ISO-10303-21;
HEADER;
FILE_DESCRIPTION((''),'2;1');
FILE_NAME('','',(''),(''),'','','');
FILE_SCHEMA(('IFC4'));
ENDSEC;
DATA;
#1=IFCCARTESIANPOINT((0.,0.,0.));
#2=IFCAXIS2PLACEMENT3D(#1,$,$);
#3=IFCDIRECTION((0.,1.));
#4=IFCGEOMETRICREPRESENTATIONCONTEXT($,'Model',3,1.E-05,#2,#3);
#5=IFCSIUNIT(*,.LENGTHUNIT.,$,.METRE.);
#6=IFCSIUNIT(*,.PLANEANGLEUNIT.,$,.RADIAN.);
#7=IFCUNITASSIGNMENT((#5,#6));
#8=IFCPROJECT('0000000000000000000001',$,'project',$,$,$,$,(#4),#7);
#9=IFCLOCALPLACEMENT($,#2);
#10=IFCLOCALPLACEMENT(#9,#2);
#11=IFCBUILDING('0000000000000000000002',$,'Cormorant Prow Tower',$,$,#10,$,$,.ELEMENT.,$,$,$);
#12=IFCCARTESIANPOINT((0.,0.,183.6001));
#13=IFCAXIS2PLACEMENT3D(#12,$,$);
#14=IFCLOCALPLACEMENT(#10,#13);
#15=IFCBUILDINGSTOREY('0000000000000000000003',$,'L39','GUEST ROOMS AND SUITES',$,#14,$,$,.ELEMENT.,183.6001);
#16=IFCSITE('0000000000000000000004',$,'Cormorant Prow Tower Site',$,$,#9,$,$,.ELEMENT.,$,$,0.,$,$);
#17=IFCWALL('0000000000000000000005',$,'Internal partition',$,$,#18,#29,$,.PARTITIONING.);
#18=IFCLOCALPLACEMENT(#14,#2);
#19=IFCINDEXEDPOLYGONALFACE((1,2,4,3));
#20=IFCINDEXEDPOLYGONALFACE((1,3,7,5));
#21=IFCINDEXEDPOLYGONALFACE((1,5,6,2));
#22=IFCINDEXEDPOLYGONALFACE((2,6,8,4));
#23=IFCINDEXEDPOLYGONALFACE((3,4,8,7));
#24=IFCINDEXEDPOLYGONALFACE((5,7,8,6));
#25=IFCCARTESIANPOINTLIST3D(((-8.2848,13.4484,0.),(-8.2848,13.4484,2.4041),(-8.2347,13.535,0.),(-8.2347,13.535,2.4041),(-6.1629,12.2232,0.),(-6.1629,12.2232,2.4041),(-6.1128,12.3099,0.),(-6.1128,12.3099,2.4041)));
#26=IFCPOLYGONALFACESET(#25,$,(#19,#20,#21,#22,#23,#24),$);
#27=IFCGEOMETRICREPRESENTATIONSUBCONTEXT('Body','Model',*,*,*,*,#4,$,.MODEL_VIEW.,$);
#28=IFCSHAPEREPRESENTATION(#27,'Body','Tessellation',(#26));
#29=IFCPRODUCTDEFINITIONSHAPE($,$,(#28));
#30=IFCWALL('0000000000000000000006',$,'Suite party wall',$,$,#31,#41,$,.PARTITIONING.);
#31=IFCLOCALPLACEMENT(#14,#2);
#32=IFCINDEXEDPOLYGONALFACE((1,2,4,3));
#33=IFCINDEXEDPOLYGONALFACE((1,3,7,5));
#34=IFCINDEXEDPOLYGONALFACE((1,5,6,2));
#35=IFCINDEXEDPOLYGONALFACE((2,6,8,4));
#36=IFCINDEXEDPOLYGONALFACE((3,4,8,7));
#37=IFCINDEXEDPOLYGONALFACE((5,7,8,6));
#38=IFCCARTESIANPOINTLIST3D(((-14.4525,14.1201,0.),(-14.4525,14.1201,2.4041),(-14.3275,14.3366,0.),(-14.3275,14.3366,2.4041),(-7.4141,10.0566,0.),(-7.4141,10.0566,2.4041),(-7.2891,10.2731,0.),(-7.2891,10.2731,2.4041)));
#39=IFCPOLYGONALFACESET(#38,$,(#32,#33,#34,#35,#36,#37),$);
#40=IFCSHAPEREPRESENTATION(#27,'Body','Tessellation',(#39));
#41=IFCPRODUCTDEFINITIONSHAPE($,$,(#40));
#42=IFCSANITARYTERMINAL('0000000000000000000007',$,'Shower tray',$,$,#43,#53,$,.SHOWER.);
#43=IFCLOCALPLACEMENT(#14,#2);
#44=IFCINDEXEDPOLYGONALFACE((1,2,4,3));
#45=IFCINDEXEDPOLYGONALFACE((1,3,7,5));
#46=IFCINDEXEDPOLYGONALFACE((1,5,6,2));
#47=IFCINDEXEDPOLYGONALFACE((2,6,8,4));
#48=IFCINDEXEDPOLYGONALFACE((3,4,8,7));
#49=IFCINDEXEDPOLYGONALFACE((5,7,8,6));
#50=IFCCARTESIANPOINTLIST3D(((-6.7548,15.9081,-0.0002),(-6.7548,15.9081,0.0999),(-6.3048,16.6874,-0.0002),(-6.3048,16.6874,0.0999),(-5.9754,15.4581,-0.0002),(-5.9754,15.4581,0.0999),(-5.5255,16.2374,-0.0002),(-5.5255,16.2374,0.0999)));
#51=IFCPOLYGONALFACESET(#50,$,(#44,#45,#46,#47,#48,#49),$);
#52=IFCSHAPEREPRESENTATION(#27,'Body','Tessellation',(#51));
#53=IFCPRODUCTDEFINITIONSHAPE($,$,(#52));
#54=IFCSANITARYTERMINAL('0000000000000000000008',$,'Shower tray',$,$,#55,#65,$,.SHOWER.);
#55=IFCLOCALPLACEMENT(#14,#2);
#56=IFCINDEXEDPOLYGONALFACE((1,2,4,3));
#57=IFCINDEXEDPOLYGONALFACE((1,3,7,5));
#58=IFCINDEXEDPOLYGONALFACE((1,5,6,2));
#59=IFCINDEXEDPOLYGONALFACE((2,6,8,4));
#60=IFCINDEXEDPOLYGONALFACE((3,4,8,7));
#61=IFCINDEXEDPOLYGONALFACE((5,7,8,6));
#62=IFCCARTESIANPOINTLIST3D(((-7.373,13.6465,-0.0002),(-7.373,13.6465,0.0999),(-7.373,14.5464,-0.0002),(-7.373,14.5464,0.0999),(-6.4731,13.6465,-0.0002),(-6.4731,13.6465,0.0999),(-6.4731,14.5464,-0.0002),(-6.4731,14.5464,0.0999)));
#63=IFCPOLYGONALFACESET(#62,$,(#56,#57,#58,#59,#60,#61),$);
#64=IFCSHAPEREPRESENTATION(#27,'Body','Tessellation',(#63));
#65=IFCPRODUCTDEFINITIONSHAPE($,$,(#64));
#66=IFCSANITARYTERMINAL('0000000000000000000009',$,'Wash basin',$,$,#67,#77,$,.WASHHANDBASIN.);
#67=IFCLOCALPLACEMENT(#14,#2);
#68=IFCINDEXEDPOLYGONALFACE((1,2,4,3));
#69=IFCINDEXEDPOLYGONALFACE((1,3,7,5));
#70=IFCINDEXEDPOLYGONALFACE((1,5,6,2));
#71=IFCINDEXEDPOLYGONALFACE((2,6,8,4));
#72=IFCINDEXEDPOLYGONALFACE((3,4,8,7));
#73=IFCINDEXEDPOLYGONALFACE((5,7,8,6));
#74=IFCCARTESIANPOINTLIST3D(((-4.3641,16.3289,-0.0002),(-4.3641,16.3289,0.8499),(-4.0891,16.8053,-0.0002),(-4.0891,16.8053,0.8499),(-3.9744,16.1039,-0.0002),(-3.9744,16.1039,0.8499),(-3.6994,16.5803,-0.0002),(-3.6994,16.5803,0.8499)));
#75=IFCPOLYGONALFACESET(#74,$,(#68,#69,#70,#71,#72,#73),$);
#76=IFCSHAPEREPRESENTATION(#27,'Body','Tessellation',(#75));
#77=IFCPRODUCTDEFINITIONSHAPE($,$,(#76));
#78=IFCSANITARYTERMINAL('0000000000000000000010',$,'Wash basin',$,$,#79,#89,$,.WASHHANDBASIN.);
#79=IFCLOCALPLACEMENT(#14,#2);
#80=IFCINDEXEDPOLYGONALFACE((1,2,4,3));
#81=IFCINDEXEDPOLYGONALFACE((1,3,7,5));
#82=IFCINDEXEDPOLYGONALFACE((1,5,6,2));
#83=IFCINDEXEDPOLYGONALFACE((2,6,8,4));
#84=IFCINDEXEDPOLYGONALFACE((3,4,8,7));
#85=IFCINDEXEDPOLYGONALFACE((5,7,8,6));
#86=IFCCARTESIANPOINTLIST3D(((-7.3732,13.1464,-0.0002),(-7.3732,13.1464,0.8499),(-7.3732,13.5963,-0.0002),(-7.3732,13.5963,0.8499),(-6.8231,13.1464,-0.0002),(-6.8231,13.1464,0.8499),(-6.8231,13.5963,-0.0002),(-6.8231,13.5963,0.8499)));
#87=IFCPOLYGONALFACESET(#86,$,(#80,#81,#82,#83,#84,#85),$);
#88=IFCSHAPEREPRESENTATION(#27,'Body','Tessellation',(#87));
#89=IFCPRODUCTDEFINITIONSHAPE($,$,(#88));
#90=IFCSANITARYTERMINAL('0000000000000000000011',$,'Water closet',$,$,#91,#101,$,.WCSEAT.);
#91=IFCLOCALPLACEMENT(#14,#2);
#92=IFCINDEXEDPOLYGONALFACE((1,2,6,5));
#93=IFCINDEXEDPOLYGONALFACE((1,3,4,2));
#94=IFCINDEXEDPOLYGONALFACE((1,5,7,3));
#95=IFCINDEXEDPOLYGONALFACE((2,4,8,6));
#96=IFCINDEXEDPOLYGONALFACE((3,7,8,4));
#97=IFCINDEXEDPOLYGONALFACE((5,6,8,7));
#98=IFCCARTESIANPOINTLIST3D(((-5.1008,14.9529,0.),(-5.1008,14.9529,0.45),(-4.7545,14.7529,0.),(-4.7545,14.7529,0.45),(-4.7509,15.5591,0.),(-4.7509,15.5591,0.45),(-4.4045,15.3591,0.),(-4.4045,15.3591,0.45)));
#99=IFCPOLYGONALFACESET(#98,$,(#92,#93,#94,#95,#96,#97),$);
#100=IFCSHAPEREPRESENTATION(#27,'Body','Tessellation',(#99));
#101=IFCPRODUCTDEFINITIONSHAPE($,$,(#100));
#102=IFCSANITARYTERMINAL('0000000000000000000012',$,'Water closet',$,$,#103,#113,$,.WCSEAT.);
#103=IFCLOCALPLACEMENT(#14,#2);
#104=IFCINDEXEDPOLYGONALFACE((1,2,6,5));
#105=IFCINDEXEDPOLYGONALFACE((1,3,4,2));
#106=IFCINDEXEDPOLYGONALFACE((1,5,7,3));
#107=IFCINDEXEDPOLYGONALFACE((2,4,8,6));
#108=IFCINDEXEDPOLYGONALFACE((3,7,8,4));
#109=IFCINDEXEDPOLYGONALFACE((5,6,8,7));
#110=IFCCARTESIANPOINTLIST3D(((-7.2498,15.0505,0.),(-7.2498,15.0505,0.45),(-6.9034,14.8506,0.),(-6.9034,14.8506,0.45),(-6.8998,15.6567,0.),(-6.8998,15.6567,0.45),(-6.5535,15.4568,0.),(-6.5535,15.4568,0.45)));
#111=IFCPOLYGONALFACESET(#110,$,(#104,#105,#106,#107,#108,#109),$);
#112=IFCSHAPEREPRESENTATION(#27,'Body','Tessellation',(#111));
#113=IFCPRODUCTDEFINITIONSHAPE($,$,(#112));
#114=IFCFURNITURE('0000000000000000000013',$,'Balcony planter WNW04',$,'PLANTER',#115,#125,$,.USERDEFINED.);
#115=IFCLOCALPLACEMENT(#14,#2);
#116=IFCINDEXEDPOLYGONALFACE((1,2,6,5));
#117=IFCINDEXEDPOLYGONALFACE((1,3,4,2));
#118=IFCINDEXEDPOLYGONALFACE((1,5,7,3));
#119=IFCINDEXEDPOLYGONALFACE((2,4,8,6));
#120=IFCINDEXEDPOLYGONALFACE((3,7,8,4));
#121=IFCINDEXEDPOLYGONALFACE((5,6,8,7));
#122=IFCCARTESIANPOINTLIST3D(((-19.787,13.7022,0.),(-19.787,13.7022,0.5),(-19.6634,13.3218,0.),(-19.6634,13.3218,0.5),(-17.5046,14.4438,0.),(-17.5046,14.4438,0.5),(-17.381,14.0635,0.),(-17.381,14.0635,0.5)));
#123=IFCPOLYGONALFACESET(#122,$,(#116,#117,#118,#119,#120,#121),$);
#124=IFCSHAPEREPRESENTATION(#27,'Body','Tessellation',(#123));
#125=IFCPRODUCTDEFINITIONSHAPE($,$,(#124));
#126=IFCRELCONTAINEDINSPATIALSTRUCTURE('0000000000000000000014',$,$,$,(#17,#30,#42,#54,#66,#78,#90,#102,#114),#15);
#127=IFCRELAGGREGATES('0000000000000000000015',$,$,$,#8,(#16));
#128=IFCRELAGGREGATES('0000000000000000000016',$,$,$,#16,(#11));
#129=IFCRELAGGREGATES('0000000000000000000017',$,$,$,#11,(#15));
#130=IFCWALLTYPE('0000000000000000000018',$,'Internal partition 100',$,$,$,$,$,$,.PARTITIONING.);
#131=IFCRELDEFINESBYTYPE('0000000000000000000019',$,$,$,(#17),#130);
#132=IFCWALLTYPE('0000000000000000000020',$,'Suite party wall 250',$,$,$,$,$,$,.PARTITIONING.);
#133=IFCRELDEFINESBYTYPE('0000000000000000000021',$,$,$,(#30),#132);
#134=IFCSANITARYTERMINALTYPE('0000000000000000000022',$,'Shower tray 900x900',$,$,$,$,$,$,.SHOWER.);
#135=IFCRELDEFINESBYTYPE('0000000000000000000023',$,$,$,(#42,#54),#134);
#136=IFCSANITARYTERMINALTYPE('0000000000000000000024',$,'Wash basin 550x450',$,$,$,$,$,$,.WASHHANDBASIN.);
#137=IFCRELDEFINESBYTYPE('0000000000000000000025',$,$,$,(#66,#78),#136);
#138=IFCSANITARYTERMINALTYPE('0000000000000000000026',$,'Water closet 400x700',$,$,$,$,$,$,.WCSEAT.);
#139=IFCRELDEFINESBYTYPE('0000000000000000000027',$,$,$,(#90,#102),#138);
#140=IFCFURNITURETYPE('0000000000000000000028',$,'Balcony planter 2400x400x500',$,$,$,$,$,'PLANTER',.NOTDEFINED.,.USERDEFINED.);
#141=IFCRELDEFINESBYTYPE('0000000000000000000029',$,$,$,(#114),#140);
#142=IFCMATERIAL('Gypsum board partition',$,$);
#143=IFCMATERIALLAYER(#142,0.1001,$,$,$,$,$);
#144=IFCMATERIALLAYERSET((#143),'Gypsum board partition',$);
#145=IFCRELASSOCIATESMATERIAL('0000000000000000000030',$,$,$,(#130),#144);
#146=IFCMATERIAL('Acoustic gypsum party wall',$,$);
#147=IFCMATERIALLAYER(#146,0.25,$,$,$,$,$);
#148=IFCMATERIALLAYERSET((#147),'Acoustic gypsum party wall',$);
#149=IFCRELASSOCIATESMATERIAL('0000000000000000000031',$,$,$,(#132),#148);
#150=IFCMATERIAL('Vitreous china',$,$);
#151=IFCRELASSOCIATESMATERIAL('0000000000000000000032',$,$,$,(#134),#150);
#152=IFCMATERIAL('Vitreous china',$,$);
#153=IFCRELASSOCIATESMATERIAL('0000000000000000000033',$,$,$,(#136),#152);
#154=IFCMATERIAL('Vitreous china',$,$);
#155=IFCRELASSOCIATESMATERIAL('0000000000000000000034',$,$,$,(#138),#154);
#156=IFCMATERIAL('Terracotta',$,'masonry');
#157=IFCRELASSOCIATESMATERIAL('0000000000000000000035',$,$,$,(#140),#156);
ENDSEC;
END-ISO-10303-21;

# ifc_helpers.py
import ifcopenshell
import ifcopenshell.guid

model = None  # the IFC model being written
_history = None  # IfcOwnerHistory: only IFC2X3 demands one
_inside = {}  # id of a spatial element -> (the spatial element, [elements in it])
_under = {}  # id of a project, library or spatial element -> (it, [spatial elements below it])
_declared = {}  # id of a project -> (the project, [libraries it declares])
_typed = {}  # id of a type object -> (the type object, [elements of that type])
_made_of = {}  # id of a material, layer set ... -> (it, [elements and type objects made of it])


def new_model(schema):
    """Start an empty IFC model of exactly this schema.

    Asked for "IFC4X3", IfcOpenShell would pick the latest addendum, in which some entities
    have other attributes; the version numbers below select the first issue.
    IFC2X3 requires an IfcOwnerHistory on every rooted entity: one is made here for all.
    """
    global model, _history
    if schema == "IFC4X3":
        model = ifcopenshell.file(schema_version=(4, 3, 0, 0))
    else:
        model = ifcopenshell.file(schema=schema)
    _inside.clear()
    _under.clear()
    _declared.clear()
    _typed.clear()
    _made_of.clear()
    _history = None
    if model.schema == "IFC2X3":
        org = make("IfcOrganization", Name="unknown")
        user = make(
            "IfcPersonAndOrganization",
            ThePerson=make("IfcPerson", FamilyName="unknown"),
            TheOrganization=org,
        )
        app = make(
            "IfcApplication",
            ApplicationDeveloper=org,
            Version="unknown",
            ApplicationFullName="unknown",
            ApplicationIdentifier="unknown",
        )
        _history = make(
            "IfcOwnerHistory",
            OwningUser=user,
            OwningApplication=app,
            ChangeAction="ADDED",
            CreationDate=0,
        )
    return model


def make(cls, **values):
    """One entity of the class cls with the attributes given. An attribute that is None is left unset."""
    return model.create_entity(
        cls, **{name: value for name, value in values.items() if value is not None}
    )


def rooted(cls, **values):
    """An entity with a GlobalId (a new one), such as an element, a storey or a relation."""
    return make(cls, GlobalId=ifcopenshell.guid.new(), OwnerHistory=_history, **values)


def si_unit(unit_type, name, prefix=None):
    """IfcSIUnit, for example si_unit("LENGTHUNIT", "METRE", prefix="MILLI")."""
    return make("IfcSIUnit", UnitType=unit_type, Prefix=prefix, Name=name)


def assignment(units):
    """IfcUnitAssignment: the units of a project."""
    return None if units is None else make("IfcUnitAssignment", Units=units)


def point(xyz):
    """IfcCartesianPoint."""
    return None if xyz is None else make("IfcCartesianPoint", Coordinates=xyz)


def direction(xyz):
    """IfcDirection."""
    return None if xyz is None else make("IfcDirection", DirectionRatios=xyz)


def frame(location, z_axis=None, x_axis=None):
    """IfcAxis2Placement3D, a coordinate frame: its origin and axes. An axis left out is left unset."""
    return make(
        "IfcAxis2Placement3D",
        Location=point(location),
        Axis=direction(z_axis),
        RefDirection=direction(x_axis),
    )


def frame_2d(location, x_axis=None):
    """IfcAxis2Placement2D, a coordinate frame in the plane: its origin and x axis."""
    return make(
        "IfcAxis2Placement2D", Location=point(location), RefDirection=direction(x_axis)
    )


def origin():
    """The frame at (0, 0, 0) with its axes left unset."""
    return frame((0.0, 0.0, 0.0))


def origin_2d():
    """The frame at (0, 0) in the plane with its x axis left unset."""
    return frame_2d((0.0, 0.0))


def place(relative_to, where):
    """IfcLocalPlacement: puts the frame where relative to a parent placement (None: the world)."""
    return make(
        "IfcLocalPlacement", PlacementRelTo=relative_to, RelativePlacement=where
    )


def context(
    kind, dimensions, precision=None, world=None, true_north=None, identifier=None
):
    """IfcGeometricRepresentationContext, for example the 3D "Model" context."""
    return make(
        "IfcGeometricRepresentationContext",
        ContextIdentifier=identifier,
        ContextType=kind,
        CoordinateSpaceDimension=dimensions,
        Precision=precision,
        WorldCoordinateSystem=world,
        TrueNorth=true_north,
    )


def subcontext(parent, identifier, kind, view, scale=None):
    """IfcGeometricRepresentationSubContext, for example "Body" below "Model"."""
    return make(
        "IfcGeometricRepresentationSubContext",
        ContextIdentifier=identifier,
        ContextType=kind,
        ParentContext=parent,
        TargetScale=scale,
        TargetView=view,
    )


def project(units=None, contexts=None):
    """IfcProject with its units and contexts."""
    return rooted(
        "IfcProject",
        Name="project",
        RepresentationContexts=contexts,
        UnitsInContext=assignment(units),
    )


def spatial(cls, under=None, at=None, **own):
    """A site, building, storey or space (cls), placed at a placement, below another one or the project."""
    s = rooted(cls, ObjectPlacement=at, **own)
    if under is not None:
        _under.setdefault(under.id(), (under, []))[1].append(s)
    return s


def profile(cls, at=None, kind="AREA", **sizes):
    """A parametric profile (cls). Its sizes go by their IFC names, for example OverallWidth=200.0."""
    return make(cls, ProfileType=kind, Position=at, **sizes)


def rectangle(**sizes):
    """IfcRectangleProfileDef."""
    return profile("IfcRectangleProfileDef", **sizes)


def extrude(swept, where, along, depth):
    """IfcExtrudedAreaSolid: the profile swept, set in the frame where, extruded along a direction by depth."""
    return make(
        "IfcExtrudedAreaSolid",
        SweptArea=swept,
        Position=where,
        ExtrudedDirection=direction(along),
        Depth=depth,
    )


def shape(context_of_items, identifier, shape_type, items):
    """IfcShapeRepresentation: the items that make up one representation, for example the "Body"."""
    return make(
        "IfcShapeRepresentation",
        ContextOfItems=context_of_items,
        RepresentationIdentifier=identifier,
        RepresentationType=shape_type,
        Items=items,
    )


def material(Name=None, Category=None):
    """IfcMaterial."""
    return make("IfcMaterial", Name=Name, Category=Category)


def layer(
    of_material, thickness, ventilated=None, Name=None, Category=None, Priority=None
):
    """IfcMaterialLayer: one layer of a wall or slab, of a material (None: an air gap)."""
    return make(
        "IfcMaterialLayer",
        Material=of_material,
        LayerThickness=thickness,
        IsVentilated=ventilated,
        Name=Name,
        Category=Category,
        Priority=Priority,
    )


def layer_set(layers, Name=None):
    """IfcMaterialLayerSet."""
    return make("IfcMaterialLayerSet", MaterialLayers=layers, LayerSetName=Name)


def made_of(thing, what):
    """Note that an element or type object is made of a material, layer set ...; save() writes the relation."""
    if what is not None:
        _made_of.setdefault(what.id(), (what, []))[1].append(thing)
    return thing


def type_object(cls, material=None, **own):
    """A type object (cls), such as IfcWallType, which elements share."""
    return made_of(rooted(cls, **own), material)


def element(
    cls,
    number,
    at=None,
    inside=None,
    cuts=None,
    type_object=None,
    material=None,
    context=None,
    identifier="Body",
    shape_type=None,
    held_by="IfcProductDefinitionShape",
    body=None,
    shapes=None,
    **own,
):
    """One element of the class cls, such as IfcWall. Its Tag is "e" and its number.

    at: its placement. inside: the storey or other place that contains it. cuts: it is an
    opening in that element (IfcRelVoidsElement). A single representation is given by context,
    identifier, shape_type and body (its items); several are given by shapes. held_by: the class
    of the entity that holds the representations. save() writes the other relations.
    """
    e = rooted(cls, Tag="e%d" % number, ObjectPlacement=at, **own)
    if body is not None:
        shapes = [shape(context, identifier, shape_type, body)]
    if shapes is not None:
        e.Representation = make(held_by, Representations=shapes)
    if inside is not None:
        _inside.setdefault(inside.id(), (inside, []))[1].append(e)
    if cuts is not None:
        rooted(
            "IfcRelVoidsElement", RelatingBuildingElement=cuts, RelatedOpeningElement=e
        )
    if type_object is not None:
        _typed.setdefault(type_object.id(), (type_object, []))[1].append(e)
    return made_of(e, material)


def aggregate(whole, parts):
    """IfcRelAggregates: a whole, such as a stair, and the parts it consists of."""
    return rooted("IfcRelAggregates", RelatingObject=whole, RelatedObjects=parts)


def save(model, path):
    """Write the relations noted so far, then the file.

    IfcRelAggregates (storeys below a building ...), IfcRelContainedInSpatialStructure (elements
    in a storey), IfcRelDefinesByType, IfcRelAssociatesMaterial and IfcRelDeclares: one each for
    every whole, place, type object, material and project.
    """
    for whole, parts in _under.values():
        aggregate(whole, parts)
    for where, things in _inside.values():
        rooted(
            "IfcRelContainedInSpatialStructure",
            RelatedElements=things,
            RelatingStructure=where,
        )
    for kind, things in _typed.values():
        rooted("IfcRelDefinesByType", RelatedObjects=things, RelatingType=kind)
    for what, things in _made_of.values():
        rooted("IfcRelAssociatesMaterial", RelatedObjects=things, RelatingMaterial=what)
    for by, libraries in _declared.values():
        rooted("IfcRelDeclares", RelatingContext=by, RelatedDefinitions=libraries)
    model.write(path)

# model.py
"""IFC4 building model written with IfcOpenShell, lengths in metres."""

from ifc_helpers import new_model, si_unit, direction, frame, frame_2d, origin, origin_2d, place, context, subcontext, project, spatial, rectangle, extrude, material, layer, layer_set, type_object, element, save


model = new_model("IFC4")

# Units and contexts
model_context = context("Model", 3, precision=1e-05, world=origin(), true_north=direction((0.0, 1.0)))
body_context = subcontext(model_context, "Body", "Model", "MODEL_VIEW")
ifc_project = project(units=[si_unit("LENGTHUNIT", "METRE"), si_unit("PLANEANGLEUNIT", "RADIAN")], contexts=[model_context])

# Site, building, storey
site_placement = place(None, origin())
site = spatial("IfcSite", under=ifc_project, at=site_placement, Name="Cormorant Prow Tower Site", CompositionType="ELEMENT", RefElevation=0.0)
building_placement = place(site_placement, origin())
building = spatial("IfcBuilding", under=site, at=building_placement, Name="Cormorant Prow Tower", CompositionType="ELEMENT")
storey_placement = place(building_placement, frame((0.0, 0.0, 183.6001)))
storey = spatial("IfcBuildingStorey", under=building, at=storey_placement, Name="L39", Description="GUEST ROOMS AND SUITES", CompositionType="ELEMENT", Elevation=183.6001)

# Shared definitions
ifc_material_1 = material(Name="Gypsum board partition")
ifc_layer_1 = layer(ifc_material_1, 0.1001)
ifc_layer_set_1 = layer_set([ifc_layer_1], Name="Gypsum board partition")
wall_type_1 = type_object("IfcWallType", Name="Internal partition 100", PredefinedType="PARTITIONING", material=ifc_layer_set_1)

# Walls
wall_1_placement = place(storey_placement, frame((-8.2598, 13.4917, 0.0), z_axis=(0.0, 0.0, 1.0), x_axis=(0.866015, -0.500019, 0.0)))
element("IfcWall", 1, at=wall_1_placement, inside=storey, type_object=wall_type_1, Name="Internal partition", PredefinedType="PARTITIONING", context=body_context, shape_type="SweptSolid", body=[
    extrude(rectangle(XDim=2.4502, YDim=0.1001, at=frame_2d((1.2251, 0.0))), origin(), (0.0, 0.0, 1.0), 2.4041),
])
ifc_material_2 = material(Name="Acoustic gypsum party wall")
ifc_layer_2 = layer(ifc_material_2, 0.25)
ifc_layer_set_2 = layer_set([ifc_layer_2], Name="Acoustic gypsum party wall")
wall_type_2 = type_object("IfcWallType", Name="Suite party wall 250", PredefinedType="PARTITIONING", material=ifc_layer_set_2)
wall_2_placement = place(storey_placement, frame((-14.3899, 14.2283, 0.0), z_axis=(0.0, 0.0, 1.0), x_axis=(0.866031, -0.49999, 0.0)))
element("IfcWall", 2, at=wall_2_placement, inside=storey, type_object=wall_type_2, Name="Suite party wall", PredefinedType="PARTITIONING", context=body_context, shape_type="SweptSolid", body=[
    extrude(rectangle(XDim=8.1272, YDim=0.25, at=frame_2d((4.0635, 0.0))), origin(), (0.0, 0.0, 1.0), 2.4041),
])

# Sanitary terminals
ifc_material_3 = material(Name="Vitreous china")
sanitary_terminal_type_1 = type_object("IfcSanitaryTerminalType", Name="Shower tray 900x900", PredefinedType="SHOWER", material=ifc_material_3)
for number, where, z_axis, x_axis, name in (
    (3, (-6.1401, 16.0728, -0.0002), (0.0, 0.0, 1.0), (0.5, 0.866025, 0.0), "Shower tray"),
    (4, (-6.9231, 14.0964, -0.0002), (0.0, 0.0, 1.0), (1.0, 0.0, 0.0), "Shower tray"),
):
    element("IfcSanitaryTerminal", number, at=place(storey_placement, frame(where, z_axis=z_axis, x_axis=x_axis)), inside=storey, type_object=sanitary_terminal_type_1, Name=name, PredefinedType="SHOWER", context=body_context, shape_type="SweptSolid", body=[
        extrude(rectangle(XDim=0.8999, YDim=0.8999, at=origin_2d()), origin(), (0.0, 0.0, 1.0), 0.1001),
    ])
ifc_material_4 = material(Name="Vitreous china")
sanitary_terminal_type_2 = type_object("IfcSanitaryTerminalType", Name="Wash basin 550x450", PredefinedType="WASHHANDBASIN", material=ifc_material_4)
for number, where, z_axis, x_axis, name in (
    (5, (-4.0317, 16.4546, -0.0002), (0.0, 0.0, 1.0), (-0.5, -0.866025, 0.0), "Wash basin"),
    (6, (-7.0981, 13.3713, -0.0002), (0.0, 0.0, 1.0), (1.0, 0.0, 0.0), "Wash basin"),
):
    element("IfcSanitaryTerminal", number, at=place(storey_placement, frame(where, z_axis=z_axis, x_axis=x_axis)), inside=storey, type_object=sanitary_terminal_type_2, Name=name, PredefinedType="WASHHANDBASIN", context=body_context, shape_type="SweptSolid", body=[
        extrude(rectangle(XDim=0.55, YDim=0.45, at=origin_2d()), origin(), (0.0, 0.0, 1.0), 0.8501),
    ])
ifc_material_5 = material(Name="Vitreous china")
sanitary_terminal_type_3 = type_object("IfcSanitaryTerminalType", Name="Water closet 400x700", PredefinedType="WCSEAT", material=ifc_material_5)
for number, where, z_axis, x_axis, name in (
    (7, (-4.7527, 15.156, 0.0), (0.0, 0.0, 1.0), (-0.866025, 0.5, 0.0), "Water closet"),
    (8, (-6.9016, 15.2537, 0.0), (0.0, 0.0, 1.0), (0.866025, -0.5, 0.0), "Water closet"),
):
    element("IfcSanitaryTerminal", number, at=place(storey_placement, frame(where, z_axis=z_axis, x_axis=x_axis)), inside=storey, type_object=sanitary_terminal_type_3, Name=name, PredefinedType="WCSEAT", context=body_context, shape_type="SweptSolid", body=[
        extrude(rectangle(XDim=0.3999, YDim=0.7, at=origin_2d()), origin(), (0.0, 0.0, 1.0), 0.45),
    ])

# Furniture
ifc_material_6 = material(Name="Terracotta", Category="masonry")
furniture_type = type_object("IfcFurnitureType", Name="Balcony planter 2400x400x500", ElementType="PLANTER", AssemblyPlace="NOTDEFINED", PredefinedType="USERDEFINED", material=ifc_material_6)
furniture_placement = place(storey_placement, frame((-18.584, 13.8828, 0.0), z_axis=(0.0, 0.0, 1.0), x_axis=(-0.951056, -0.309017, 0.0)))
element("IfcFurniture", 9, at=furniture_placement, inside=storey, type_object=furniture_type, Name="Balcony planter WNW04", ObjectType="PLANTER", PredefinedType="USERDEFINED", context=body_context, shape_type="SweptSolid", body=[
    extrude(rectangle(XDim=2.3999, YDim=0.3999, at=origin_2d()), origin(), (0.0, 0.0, 1.0), 0.5),
])

save(model, "model.ifc")
